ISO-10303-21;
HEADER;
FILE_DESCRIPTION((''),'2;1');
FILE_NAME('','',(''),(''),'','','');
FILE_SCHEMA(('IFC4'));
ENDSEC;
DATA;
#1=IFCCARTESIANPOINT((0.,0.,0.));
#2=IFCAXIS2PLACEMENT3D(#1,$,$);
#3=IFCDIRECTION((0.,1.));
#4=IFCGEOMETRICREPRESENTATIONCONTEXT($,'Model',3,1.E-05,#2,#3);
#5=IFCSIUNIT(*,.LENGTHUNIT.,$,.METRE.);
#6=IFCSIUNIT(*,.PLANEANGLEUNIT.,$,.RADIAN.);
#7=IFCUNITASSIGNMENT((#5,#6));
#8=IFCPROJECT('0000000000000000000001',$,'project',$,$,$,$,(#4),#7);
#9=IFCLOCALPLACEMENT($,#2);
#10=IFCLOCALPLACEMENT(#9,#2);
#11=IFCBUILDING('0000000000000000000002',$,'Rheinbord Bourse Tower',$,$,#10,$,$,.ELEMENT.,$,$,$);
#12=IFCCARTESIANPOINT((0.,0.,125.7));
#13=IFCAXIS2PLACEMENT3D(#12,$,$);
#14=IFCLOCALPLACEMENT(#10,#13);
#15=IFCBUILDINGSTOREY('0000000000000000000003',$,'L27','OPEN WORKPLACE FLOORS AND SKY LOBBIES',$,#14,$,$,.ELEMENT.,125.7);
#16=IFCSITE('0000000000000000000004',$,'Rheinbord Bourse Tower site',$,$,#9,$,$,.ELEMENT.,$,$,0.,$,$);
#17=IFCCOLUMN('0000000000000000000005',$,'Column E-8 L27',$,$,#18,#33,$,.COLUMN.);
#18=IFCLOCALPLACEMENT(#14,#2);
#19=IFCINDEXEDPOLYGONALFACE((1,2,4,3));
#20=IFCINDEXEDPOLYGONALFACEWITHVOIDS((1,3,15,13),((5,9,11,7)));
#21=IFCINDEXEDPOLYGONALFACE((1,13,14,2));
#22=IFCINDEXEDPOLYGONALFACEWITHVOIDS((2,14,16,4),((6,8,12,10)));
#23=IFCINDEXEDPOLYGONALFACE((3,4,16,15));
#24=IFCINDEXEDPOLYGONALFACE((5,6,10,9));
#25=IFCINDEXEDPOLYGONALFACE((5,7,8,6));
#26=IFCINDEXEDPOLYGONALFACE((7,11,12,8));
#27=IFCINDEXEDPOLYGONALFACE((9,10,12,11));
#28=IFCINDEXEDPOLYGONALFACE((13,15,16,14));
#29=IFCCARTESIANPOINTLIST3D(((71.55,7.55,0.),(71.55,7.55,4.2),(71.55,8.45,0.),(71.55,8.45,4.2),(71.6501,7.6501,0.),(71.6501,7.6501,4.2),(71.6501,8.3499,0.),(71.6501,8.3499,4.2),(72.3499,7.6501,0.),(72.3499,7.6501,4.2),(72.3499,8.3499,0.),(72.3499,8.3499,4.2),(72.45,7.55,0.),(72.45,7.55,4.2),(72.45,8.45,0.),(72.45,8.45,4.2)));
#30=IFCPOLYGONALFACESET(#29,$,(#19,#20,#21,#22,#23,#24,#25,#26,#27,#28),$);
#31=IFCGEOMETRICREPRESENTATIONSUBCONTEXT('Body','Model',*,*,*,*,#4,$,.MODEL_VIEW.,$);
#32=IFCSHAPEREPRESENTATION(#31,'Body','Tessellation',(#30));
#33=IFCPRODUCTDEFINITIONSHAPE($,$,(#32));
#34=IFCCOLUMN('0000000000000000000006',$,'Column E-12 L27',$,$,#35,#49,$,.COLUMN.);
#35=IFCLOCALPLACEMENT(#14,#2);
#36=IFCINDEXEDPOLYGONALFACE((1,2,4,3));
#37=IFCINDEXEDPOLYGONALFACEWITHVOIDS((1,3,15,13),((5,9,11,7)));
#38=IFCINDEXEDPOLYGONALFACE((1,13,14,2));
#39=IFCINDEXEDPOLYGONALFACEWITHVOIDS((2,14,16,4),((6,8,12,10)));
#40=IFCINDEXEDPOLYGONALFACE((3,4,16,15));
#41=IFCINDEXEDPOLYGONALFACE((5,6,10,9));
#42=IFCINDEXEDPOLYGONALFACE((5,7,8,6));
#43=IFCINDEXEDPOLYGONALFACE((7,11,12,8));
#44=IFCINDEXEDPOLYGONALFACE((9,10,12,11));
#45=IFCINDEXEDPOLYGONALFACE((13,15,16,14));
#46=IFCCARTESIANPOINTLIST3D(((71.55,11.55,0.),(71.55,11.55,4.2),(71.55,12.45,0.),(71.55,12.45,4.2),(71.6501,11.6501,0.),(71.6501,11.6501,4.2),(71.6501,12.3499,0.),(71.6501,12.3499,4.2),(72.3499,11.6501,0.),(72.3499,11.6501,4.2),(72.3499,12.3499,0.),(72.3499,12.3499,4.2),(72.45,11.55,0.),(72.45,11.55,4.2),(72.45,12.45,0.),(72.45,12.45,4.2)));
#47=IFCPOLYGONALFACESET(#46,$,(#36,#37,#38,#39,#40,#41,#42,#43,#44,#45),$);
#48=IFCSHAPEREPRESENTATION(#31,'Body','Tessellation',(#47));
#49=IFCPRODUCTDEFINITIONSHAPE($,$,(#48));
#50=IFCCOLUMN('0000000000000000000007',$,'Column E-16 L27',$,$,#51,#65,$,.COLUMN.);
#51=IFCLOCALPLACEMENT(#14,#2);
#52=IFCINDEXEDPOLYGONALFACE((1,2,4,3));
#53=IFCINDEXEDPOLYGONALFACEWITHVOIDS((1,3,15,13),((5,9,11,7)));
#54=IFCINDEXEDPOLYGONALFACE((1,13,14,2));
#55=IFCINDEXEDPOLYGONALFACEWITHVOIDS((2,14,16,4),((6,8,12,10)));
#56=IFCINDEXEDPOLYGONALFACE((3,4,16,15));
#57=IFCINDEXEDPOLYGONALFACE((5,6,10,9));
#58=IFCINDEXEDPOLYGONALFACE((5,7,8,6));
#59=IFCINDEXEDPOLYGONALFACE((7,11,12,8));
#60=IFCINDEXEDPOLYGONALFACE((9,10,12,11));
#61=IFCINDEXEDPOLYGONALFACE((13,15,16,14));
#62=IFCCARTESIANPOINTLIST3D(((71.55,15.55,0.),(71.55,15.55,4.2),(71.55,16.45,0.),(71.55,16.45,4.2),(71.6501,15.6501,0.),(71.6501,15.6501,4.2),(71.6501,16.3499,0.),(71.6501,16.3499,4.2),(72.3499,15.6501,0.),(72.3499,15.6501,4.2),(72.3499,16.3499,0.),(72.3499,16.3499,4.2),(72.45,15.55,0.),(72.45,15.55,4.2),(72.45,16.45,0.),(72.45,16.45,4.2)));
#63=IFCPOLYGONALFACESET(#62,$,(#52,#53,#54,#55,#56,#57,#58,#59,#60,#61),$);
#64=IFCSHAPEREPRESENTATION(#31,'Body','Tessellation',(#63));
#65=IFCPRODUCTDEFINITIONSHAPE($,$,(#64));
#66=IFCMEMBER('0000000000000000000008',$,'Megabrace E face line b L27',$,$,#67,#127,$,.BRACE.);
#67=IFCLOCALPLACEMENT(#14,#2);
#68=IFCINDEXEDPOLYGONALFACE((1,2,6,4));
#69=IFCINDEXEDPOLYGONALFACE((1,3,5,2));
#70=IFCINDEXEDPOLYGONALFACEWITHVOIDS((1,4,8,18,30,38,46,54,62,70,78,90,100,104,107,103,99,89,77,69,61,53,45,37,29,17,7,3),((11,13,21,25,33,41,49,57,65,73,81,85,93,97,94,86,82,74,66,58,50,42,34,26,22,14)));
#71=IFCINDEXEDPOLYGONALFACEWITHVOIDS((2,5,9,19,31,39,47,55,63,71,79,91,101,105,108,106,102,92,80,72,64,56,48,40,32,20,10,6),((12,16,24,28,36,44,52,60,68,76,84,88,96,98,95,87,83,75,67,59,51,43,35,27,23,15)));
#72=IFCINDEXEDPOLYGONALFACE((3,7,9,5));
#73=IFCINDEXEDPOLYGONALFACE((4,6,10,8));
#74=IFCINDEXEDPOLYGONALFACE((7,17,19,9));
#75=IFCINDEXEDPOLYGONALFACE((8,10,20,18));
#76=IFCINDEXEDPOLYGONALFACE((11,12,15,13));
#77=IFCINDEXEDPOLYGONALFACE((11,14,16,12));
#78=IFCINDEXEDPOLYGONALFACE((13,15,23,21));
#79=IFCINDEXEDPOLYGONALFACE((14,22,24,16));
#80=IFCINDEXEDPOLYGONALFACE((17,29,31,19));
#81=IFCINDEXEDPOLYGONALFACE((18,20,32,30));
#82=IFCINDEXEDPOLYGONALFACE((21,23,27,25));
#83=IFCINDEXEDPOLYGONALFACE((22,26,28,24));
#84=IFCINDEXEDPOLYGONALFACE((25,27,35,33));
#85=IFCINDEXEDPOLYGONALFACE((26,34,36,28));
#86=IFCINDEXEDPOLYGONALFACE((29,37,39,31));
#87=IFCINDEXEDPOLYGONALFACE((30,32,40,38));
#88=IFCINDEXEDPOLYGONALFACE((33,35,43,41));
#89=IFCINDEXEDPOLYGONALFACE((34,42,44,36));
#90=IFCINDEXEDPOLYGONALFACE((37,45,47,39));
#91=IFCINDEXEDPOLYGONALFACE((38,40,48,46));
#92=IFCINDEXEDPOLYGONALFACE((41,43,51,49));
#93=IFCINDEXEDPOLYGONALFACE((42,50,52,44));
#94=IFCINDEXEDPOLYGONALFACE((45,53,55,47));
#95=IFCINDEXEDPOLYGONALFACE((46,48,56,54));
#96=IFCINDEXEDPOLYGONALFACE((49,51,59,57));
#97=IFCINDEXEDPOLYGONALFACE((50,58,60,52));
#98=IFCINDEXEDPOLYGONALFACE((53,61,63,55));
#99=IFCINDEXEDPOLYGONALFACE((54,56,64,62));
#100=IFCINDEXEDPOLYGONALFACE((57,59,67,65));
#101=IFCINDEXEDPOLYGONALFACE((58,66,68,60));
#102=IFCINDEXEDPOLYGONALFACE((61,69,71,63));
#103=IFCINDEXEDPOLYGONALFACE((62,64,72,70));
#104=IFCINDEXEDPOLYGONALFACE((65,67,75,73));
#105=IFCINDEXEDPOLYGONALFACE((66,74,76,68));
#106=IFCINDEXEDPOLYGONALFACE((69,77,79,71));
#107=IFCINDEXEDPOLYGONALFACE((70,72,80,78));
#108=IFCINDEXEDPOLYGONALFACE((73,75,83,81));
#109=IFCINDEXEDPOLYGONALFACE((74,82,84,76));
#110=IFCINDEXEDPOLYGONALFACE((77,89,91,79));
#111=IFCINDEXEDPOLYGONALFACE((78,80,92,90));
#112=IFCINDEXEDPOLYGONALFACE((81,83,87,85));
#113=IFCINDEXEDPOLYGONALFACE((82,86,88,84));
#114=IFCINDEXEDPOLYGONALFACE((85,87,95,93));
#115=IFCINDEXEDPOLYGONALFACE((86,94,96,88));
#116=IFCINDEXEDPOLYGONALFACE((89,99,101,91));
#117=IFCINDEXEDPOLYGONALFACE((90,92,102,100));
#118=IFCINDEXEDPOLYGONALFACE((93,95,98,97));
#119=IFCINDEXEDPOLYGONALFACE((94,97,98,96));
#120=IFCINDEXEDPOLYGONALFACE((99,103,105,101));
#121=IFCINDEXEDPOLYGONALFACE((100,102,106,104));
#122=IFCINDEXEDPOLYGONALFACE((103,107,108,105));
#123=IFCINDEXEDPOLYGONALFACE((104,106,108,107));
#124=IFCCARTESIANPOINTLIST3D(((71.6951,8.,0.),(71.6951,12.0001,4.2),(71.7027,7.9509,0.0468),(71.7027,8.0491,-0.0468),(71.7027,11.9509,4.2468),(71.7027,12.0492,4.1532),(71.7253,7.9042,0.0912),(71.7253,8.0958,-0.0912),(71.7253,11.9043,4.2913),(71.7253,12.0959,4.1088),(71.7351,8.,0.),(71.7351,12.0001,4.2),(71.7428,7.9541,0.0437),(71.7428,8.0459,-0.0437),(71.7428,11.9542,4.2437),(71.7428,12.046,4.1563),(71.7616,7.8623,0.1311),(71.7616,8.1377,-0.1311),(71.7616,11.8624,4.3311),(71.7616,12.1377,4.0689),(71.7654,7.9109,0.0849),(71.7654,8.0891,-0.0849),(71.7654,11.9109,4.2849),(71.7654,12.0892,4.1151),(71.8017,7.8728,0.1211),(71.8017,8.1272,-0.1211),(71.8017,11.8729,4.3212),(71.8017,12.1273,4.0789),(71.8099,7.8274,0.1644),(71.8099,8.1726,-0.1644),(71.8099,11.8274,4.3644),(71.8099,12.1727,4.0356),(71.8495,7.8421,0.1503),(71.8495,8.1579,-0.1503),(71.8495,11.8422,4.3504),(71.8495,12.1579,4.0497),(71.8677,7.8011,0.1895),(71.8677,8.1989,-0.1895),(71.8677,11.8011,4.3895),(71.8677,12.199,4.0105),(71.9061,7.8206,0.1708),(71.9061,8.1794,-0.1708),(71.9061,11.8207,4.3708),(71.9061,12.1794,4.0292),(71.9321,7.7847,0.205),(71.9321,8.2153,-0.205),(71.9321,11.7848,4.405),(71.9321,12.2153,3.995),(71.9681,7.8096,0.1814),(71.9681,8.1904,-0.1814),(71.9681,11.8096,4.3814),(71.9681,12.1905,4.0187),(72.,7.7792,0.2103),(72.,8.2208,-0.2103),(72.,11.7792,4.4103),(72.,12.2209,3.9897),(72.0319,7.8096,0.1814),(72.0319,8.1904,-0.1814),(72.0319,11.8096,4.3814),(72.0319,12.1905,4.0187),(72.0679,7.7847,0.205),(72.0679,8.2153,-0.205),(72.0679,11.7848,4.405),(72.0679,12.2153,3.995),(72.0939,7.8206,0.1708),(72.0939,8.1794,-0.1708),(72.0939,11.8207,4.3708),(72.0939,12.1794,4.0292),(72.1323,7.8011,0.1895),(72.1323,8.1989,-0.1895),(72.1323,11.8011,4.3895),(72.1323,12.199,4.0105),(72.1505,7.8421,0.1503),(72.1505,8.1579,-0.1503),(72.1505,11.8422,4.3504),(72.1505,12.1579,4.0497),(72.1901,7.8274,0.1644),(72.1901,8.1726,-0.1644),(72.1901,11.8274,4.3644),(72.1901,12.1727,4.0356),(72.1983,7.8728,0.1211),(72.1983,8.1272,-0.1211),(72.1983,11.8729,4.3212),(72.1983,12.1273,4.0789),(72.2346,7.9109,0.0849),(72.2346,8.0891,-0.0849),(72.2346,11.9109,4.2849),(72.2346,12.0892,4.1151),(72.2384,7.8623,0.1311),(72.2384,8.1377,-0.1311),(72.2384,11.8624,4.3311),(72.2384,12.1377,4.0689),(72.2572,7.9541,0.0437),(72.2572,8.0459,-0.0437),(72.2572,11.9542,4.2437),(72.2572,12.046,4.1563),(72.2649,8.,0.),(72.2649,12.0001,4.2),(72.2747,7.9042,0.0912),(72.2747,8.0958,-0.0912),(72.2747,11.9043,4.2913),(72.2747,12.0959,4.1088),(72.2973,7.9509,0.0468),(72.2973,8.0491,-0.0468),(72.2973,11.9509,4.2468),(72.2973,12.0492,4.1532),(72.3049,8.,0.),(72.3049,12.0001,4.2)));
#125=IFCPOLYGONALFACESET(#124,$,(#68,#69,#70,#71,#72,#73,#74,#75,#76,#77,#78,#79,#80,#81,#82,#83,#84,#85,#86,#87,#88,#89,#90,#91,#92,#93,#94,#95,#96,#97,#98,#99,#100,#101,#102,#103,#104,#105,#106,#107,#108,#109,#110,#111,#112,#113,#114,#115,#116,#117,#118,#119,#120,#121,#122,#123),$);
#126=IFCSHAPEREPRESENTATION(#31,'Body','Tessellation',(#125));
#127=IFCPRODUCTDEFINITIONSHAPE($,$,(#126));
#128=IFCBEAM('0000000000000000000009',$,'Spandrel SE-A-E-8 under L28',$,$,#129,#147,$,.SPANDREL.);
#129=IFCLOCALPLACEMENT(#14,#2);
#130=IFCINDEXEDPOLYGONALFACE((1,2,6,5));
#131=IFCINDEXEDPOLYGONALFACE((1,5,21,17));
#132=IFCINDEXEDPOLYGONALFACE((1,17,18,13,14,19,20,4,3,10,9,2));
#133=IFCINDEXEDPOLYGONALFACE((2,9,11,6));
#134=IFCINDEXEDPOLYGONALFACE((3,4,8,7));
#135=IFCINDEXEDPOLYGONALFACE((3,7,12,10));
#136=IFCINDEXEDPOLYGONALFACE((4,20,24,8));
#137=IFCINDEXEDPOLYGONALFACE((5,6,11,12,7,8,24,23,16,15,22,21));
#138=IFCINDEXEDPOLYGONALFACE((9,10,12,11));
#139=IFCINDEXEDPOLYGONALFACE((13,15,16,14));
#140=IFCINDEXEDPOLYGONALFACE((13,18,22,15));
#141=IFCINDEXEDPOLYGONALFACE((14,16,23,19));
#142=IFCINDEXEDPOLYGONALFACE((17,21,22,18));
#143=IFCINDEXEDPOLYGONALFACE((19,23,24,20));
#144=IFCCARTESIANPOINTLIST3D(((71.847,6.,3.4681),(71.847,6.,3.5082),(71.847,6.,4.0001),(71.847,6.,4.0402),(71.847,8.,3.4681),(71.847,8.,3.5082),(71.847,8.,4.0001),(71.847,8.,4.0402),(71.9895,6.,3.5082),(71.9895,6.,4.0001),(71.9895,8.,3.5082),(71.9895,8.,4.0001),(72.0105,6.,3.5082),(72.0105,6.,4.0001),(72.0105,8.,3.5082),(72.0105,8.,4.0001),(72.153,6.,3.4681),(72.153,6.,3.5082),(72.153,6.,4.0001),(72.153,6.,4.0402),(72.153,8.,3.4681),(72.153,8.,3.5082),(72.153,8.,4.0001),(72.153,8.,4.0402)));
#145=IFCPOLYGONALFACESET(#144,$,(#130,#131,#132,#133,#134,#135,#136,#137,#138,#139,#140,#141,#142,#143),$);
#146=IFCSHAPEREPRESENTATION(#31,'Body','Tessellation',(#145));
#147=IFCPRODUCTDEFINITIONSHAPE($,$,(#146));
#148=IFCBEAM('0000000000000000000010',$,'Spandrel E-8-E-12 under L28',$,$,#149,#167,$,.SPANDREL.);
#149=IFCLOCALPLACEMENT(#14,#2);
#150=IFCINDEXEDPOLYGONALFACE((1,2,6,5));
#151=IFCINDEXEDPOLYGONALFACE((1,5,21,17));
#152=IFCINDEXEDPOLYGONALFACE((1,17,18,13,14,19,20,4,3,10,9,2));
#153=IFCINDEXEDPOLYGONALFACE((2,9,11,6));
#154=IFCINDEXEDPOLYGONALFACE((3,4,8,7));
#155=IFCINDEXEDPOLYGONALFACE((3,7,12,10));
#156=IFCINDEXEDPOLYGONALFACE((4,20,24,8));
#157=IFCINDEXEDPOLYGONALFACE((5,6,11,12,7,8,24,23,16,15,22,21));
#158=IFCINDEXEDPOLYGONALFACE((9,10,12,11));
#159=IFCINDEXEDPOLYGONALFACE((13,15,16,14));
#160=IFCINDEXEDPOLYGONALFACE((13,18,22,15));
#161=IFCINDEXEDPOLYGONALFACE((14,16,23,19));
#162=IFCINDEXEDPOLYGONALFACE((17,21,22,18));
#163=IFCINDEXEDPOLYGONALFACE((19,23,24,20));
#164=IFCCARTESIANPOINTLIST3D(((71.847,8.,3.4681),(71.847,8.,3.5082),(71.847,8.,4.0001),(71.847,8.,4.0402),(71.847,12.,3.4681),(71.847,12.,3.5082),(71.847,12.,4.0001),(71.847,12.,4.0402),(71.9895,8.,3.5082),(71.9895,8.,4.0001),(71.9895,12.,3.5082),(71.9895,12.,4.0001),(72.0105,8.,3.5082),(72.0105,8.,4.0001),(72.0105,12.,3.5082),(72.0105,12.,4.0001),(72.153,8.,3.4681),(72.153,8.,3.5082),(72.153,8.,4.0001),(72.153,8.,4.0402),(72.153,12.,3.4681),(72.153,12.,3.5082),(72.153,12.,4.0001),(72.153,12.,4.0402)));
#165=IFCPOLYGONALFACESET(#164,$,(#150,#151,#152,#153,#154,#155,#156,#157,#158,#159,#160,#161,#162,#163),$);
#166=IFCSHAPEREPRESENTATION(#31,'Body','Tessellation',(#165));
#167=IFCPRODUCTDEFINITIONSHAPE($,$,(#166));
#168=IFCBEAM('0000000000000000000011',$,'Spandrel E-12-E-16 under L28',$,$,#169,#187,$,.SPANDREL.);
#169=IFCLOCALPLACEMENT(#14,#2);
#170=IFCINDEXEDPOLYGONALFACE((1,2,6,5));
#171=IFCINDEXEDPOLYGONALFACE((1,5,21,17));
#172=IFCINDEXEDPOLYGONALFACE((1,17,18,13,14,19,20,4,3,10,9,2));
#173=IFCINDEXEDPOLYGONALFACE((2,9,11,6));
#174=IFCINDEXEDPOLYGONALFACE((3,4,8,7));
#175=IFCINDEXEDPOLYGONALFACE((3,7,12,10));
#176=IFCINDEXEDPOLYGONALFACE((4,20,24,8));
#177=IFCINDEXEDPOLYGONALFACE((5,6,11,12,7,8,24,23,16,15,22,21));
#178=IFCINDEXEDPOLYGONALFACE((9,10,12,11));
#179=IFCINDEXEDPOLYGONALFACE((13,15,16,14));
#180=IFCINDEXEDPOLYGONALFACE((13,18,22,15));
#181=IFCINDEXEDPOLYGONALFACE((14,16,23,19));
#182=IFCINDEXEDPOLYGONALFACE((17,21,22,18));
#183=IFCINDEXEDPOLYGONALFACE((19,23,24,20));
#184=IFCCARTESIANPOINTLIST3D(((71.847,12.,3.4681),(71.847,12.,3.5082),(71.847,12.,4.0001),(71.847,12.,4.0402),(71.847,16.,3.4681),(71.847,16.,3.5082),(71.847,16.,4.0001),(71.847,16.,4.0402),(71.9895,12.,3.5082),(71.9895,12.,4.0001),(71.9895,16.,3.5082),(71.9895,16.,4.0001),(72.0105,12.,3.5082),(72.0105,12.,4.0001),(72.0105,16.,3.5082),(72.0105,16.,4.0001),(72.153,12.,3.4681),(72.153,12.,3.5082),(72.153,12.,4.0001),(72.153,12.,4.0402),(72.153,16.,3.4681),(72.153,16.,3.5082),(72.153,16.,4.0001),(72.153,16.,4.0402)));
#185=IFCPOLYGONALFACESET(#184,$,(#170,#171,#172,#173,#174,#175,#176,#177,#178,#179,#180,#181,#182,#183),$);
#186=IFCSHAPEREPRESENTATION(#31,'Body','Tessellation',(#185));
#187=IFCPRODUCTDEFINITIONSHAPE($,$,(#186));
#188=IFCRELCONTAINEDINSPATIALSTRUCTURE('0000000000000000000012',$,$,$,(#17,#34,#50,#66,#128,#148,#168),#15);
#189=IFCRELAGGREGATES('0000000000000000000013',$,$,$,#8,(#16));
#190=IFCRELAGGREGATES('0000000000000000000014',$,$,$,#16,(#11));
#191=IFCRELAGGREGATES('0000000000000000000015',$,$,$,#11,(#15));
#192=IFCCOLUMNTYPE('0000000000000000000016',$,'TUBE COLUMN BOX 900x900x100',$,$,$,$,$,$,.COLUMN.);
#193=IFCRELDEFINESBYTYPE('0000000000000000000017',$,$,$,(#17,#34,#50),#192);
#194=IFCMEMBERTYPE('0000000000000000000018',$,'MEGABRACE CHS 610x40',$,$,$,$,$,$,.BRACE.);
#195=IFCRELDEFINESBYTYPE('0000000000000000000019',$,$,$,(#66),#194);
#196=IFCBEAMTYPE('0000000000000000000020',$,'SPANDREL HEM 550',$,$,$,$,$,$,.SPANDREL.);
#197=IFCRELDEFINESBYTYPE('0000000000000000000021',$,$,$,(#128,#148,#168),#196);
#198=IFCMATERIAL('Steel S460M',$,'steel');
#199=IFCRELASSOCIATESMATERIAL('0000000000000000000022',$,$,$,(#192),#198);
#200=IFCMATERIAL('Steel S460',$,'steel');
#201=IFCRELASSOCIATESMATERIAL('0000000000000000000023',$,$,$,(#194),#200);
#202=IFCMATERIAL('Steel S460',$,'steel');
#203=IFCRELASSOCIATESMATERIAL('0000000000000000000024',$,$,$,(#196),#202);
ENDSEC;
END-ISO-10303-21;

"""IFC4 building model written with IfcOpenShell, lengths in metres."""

from ifc_helpers import new_model, si_unit, direction, frame, origin, origin_2d, place, context, subcontext, project, spatial, hollow_rectangle, hollow_circle, i_section, extrude, material, material_profile, profile_set, type_object, element, save


model = new_model("IFC4")

# Units and contexts
model_context = context("Model", 3, precision=1e-05, world=origin(), true_north=direction((0.0, 1.0)))
body_context = subcontext(model_context, "Body", "Model", "MODEL_VIEW")
ifc_project = project(units=[si_unit("LENGTHUNIT", "METRE"), si_unit("PLANEANGLEUNIT", "RADIAN")], contexts=[model_context])

# Site, building, storey
site_placement = place(None, origin())
site = spatial("IfcSite", under=ifc_project, at=site_placement, Name="Rheinbord Bourse Tower site", CompositionType="ELEMENT", RefElevation=0.0)
building_placement = place(site_placement, origin())
building = spatial("IfcBuilding", under=site, at=building_placement, Name="Rheinbord Bourse Tower", CompositionType="ELEMENT")
storey_placement = place(building_placement, frame((0.0, 0.0, 125.7)))
storey = spatial("IfcBuildingStorey", under=building, at=storey_placement, Name="L27", Description="OPEN WORKPLACE FLOORS AND SKY LOBBIES", CompositionType="ELEMENT", Elevation=125.7)

# Columns
ifc_material_1 = material(Name="Steel S460M", Category="steel")
ifc_material_profile_1 = material_profile(ifc_material_1, hollow_rectangle(XDim=0.8999, YDim=0.8999, WallThickness=0.1001, at=origin_2d()), Name="BOX 900x900x100")
ifc_profile_set_1 = profile_set([ifc_material_profile_1], Name="Steel S460M")
column_type = type_object("IfcColumnType", Name="TUBE COLUMN BOX 900x900x100", PredefinedType="COLUMN", material=ifc_profile_set_1)
for number, where, z_axis, x_axis, name in (
    (1, (72.0, 8.0, 0.0), (0.0, 0.0, 1.0), (1.0, 0.0, 0.0), "Column E-8 L27"),
    (2, (72.0, 12.0, 0.0), (0.0, 0.0, 1.0), (1.0, 0.0, 0.0), "Column E-12 L27"),
    (3, (72.0, 16.0, 0.0), (0.0, 0.0, 1.0), (1.0, 0.0, 0.0), "Column E-16 L27"),
):
    element("IfcColumn", number, at=place(storey_placement, frame(where, z_axis=z_axis, x_axis=x_axis)), inside=storey, type_object=column_type, Name=name, PredefinedType="COLUMN", context=body_context, shape_type="SweptSolid", body=[
        extrude(hollow_rectangle(XDim=0.8999, YDim=0.8999, WallThickness=0.1001, at=origin_2d()), origin(), (0.0, 0.0, 1.0), 4.2),
    ])

# Member
ifc_material_2 = material(Name="Steel S460", Category="steel")
ifc_material_profile_2 = material_profile(ifc_material_2, hollow_circle(Radius=0.3049, WallThickness=0.04, at=origin_2d()), Name="CHS 610x40")
ifc_profile_set_2 = profile_set([ifc_material_profile_2], Name="Steel S460")
member_type = type_object("IfcMemberType", Name="MEGABRACE CHS 610x40", PredefinedType="BRACE", material=ifc_profile_set_2)
member_placement = place(storey_placement, frame((72.0, 8.0, 0.0), z_axis=(0.0, 0.689659, 0.724134), x_axis=(-1.0, 0.0, 0.0)))
element("IfcMember", 4, at=member_placement, inside=storey, type_object=member_type, Name="Megabrace E face line b L27", PredefinedType="BRACE", context=body_context, shape_type="SweptSolid", body=[
    extrude(hollow_circle(Radius=0.3049, WallThickness=0.04, at=origin_2d()), origin(), (0.0, 0.0, 1.0), 5.8),
])

# Beams
ifc_material_3 = material(Name="Steel S460", Category="steel")
ifc_material_profile_3 = material_profile(ifc_material_3, i_section(OverallWidth=0.3059, OverallDepth=0.572, WebThickness=0.021, FlangeThickness=0.04, at=origin_2d()), Name="HEM 550")
ifc_profile_set_3 = profile_set([ifc_material_profile_3], Name="Steel S460")
beam_type_1 = type_object("IfcBeamType", Name="SPANDREL HEM 550", PredefinedType="SPANDREL", material=ifc_profile_set_3)
beam_placement = place(storey_placement, frame((72.0, 6.0, 3.7542), z_axis=(0.0, 1.0, 0.0), x_axis=(-1.0, 0.0, 0.0)))
element("IfcBeam", 5, at=beam_placement, inside=storey, type_object=beam_type_1, Name="Spandrel SE-A-E-8 under L28", PredefinedType="SPANDREL", context=body_context, shape_type="SweptSolid", body=[
    extrude(i_section(OverallWidth=0.3059, OverallDepth=0.572, WebThickness=0.021, FlangeThickness=0.04, at=origin_2d()), origin(), (0.0, 0.0, 1.0), 2.0),
])
for number, where, z_axis, x_axis, name in (
    (6, (72.0, 8.0, 3.7542), (0.0, 1.0, 0.0), (-1.0, 0.0, 0.0), "Spandrel E-8-E-12 under L28"),
    (7, (72.0, 12.0, 3.7542), (0.0, 1.0, 0.0), (-1.0, 0.0, 0.0), "Spandrel E-12-E-16 under L28"),
):
    element("IfcBeam", number, at=place(storey_placement, frame(where, z_axis=z_axis, x_axis=x_axis)), inside=storey, type_object=beam_type_1, Name=name, PredefinedType="SPANDREL", context=body_context, shape_type="SweptSolid", body=[
        extrude(i_section(OverallWidth=0.3059, OverallDepth=0.572, WebThickness=0.021, FlangeThickness=0.04, at=origin_2d()), origin(), (0.0, 0.0, 1.0), 4.0),
    ])

save(model, "model.ifc")
